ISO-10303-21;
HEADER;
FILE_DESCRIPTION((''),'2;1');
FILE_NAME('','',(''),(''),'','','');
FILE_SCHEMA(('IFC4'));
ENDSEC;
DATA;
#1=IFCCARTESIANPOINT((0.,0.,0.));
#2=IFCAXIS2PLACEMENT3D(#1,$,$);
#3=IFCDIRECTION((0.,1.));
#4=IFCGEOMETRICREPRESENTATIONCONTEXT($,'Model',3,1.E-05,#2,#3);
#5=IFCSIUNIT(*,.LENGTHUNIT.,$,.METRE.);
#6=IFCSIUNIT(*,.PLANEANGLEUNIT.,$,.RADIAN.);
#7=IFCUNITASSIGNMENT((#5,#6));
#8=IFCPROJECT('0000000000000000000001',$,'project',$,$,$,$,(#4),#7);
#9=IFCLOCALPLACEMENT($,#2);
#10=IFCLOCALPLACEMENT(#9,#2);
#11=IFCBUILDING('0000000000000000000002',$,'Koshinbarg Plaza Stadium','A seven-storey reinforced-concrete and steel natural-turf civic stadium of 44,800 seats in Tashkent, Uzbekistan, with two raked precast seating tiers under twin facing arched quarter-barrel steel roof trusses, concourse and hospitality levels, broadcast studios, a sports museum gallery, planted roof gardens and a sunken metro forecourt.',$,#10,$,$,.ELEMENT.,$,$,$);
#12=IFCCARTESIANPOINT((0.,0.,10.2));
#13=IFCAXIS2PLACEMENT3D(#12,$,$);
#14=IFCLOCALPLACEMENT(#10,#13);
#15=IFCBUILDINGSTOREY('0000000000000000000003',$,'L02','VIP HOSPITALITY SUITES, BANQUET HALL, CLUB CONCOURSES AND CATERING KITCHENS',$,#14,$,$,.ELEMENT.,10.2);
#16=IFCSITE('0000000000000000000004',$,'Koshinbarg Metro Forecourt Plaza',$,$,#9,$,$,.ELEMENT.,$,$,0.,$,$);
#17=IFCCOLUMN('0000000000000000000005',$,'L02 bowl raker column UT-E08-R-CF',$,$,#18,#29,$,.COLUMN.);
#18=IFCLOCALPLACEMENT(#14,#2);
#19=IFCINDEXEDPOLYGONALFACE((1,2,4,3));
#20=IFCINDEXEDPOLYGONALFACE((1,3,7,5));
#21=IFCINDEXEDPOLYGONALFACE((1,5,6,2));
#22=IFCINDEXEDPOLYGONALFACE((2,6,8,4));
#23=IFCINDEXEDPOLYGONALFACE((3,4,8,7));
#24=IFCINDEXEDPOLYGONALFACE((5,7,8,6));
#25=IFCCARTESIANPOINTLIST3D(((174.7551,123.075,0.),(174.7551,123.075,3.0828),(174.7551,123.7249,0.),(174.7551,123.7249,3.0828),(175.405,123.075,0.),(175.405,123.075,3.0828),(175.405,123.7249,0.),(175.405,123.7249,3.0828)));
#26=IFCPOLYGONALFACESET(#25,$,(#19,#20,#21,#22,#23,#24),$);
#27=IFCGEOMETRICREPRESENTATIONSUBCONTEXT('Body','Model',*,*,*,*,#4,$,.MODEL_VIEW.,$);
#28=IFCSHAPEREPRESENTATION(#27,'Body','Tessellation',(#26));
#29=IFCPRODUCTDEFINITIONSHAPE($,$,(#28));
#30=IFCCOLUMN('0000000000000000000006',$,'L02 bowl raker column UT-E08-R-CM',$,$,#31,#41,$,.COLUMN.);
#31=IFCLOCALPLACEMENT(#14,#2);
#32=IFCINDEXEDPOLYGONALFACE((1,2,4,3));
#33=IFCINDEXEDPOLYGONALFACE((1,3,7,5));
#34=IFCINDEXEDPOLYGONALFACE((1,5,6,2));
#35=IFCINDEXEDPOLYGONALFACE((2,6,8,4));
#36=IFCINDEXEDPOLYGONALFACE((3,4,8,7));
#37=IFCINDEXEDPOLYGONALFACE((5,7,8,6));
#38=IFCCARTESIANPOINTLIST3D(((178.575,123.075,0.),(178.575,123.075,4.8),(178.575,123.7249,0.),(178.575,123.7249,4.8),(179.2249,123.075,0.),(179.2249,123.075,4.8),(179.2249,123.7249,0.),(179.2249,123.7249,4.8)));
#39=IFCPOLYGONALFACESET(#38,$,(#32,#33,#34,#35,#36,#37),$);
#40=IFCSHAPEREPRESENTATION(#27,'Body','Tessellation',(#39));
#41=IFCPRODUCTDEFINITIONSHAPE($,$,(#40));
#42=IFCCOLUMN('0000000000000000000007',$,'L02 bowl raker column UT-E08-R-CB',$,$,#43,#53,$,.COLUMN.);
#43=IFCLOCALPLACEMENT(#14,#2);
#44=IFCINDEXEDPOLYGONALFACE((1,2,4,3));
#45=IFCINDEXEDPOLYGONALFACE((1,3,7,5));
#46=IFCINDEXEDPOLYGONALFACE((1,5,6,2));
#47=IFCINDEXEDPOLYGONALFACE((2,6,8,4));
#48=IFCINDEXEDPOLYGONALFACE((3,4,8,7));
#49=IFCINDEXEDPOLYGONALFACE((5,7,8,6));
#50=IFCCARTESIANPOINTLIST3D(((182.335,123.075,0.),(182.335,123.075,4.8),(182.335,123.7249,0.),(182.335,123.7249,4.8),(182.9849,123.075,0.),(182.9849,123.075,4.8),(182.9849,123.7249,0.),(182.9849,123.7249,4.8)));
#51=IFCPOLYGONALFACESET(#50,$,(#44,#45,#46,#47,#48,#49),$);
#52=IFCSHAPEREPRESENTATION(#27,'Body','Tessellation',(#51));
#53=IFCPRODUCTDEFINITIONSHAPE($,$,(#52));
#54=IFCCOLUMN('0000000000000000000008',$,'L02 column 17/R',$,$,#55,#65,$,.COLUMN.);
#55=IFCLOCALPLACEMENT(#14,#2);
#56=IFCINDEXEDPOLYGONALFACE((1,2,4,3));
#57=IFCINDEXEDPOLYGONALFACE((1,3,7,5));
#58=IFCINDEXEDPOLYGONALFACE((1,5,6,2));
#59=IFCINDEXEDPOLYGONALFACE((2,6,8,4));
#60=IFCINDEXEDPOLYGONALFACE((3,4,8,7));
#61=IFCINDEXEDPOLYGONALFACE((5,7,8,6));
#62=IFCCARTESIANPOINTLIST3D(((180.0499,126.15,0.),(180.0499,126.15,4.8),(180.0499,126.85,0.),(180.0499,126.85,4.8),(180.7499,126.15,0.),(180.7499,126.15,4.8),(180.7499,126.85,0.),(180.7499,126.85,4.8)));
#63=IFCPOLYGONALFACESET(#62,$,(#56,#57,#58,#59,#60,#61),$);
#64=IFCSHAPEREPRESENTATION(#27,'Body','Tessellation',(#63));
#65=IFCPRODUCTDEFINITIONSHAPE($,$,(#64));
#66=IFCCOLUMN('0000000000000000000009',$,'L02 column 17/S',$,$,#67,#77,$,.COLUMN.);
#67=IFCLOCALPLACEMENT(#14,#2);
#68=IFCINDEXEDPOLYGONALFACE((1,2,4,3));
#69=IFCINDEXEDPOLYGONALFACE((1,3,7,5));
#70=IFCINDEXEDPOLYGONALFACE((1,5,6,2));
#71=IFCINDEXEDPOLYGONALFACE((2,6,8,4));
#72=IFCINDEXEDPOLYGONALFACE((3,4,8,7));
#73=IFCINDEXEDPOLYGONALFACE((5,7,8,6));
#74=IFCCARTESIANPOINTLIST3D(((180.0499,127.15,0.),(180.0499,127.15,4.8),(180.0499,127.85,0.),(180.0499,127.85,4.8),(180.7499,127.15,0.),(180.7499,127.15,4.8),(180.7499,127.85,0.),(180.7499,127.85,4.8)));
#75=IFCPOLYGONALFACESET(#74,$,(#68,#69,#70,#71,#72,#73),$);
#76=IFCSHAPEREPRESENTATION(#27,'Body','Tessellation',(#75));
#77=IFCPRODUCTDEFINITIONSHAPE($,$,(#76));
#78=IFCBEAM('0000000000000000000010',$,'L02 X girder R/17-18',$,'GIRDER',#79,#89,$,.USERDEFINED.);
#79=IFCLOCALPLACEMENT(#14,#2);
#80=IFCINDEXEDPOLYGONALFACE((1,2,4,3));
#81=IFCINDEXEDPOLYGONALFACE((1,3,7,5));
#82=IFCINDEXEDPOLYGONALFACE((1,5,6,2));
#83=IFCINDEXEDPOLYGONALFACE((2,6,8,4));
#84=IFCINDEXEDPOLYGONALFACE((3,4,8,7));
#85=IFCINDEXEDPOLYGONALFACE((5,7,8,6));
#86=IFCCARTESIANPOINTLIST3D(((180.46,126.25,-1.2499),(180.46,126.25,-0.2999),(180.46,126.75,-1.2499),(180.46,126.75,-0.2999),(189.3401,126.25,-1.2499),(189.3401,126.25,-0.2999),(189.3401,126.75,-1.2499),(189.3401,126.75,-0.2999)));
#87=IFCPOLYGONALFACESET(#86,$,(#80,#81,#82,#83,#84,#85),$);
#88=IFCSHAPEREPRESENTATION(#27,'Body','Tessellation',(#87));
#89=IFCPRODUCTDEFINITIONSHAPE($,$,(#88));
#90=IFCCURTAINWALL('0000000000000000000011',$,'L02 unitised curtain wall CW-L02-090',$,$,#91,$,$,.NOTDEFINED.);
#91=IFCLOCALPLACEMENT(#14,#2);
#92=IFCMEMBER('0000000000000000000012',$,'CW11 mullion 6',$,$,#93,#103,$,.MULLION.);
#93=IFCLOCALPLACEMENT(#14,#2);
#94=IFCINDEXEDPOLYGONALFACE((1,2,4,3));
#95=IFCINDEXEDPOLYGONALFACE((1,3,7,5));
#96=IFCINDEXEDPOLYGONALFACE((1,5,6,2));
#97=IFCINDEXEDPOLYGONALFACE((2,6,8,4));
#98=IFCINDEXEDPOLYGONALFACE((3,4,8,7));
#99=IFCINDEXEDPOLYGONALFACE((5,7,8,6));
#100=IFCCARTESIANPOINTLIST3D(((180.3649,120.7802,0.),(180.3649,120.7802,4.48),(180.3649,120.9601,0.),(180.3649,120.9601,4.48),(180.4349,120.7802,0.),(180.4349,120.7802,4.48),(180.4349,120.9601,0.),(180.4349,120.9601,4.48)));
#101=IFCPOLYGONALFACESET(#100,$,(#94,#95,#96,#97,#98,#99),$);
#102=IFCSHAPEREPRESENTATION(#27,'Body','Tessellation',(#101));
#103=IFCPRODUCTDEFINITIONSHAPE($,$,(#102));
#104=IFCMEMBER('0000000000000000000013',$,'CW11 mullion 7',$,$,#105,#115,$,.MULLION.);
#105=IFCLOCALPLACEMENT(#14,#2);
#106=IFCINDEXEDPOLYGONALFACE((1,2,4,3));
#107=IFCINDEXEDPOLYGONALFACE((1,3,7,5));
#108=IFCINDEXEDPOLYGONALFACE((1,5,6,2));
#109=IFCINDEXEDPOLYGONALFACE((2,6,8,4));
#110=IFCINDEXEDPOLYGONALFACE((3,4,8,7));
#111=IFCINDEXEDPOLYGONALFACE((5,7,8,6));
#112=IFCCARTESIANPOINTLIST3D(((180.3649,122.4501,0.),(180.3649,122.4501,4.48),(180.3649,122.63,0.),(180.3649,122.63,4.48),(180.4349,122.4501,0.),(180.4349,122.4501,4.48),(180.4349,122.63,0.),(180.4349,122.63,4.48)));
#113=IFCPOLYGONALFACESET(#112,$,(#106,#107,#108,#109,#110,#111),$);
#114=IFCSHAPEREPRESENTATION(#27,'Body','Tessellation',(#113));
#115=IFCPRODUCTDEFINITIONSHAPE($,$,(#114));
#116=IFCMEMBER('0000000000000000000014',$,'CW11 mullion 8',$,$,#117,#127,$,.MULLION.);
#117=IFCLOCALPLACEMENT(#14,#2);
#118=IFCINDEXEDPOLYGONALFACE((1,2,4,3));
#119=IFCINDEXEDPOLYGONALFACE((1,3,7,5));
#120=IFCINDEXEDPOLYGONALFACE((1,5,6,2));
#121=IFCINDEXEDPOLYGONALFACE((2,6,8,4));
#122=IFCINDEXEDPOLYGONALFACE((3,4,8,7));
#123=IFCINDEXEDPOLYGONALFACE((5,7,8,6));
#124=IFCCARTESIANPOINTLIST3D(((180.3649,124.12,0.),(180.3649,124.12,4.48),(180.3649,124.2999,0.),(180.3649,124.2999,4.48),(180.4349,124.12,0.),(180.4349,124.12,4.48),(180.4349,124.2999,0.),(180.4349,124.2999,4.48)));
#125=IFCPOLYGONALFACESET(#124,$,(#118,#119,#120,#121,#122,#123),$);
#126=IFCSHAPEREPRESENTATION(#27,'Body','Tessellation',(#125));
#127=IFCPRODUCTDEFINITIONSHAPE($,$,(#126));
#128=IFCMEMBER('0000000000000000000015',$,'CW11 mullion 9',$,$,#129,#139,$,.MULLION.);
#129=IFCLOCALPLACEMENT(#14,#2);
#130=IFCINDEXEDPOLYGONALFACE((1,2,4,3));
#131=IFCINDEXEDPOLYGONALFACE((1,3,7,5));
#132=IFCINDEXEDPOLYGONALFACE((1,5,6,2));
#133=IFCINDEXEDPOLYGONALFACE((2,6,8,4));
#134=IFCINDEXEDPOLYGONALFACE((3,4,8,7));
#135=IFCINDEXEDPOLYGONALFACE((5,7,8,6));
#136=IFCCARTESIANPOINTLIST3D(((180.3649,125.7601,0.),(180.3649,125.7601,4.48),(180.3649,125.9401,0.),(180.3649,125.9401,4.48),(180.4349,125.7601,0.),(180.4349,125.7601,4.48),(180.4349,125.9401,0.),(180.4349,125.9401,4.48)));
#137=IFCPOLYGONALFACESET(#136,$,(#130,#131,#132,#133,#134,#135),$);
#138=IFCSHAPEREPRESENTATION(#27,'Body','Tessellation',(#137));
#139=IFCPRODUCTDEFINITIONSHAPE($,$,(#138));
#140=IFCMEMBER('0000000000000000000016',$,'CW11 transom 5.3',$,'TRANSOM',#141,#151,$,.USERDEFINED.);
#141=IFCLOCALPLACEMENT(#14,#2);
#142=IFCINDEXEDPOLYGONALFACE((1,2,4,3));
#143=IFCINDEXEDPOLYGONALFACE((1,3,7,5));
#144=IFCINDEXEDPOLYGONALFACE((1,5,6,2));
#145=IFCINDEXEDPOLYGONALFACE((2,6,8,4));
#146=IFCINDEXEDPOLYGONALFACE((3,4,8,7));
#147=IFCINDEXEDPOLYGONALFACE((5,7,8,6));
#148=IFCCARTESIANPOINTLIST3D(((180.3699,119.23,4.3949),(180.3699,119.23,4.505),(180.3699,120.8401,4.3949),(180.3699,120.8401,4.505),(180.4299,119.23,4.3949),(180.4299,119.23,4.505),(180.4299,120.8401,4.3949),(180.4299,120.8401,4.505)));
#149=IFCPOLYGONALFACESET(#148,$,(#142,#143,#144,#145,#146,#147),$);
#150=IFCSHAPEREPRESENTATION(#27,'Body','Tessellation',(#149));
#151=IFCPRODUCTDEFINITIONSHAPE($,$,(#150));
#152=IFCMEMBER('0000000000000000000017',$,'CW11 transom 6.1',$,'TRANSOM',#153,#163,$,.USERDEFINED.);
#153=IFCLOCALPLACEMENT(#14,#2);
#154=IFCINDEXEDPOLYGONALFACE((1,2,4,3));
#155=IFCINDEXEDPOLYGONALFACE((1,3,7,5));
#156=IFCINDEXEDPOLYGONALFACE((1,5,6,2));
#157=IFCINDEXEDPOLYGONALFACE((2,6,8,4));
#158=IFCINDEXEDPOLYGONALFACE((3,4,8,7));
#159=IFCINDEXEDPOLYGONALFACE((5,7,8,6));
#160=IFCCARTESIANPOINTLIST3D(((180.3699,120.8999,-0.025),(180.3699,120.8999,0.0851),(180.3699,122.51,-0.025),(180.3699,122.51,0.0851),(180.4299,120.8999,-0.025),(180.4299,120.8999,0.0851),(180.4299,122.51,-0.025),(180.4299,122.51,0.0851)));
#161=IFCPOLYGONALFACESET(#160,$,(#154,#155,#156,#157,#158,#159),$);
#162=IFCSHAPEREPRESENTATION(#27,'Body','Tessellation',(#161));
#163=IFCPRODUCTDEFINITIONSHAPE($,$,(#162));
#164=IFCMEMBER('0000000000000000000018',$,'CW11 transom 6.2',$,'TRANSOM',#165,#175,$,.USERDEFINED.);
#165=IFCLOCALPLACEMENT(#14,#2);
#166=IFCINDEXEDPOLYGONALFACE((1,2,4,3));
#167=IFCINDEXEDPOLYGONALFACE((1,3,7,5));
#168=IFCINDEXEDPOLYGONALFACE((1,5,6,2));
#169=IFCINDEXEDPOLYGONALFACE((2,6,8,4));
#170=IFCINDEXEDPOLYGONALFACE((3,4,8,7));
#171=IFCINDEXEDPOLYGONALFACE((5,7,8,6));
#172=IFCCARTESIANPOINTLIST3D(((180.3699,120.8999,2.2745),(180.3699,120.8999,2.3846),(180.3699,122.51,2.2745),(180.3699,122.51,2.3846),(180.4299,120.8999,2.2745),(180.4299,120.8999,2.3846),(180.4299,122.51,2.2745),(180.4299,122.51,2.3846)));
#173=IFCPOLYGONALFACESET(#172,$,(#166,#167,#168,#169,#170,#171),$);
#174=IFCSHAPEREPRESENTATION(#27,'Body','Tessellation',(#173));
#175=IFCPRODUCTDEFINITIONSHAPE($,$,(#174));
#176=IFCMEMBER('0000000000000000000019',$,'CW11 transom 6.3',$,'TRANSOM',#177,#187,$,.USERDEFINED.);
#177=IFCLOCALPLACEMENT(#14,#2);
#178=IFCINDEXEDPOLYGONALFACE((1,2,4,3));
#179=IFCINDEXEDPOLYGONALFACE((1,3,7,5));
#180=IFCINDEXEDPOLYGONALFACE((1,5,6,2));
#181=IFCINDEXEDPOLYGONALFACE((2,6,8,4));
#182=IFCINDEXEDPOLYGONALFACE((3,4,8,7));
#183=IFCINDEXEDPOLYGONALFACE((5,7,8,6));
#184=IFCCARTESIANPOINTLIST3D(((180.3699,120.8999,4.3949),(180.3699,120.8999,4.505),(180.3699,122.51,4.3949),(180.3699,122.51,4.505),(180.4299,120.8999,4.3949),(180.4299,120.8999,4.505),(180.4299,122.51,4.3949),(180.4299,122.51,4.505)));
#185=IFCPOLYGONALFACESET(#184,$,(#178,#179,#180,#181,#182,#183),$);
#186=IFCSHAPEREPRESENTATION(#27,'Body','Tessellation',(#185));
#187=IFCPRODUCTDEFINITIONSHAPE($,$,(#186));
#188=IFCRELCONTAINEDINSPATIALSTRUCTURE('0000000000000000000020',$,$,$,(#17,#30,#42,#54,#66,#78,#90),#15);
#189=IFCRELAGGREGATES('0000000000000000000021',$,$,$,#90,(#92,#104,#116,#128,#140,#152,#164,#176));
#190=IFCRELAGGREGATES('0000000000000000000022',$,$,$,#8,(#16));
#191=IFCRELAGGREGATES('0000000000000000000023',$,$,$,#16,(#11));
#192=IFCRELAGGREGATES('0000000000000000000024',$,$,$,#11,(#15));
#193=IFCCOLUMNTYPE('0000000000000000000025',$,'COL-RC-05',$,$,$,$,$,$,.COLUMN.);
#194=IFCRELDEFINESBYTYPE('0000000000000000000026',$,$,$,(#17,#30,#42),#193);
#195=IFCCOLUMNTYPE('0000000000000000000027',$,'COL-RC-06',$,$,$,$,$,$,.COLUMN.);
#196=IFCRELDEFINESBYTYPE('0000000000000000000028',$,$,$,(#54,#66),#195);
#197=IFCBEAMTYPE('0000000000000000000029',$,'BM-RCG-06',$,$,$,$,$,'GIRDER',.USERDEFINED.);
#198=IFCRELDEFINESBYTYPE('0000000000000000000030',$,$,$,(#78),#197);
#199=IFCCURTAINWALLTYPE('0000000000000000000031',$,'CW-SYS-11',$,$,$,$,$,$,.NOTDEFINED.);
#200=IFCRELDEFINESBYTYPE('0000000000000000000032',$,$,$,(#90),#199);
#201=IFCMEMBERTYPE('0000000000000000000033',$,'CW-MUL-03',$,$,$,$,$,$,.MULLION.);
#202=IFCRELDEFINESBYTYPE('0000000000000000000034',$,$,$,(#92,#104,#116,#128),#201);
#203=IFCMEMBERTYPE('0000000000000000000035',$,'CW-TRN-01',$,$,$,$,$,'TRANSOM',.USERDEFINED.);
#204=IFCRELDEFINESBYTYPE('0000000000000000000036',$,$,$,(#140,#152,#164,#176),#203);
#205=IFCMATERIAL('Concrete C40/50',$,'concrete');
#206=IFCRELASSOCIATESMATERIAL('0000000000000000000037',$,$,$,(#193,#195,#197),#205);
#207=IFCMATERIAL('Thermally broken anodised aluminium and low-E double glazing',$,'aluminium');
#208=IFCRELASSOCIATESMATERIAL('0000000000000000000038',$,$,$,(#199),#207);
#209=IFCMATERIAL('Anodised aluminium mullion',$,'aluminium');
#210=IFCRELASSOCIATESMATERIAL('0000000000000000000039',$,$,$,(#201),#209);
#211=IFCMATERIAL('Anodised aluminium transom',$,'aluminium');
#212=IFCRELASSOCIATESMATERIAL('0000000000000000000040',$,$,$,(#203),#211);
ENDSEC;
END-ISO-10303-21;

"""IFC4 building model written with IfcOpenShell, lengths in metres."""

from ifc_helpers import new_model, si_unit, direction, frame, origin, origin_2d, place, context, subcontext, project, spatial, rectangle, extrude, material, material_profile, profile_set, type_object, element, aggregate, save


model = new_model("IFC4")

# Units and contexts
model_context = context("Model", 3, precision=1e-05, world=origin(), true_north=direction((0.0, 1.0)))
body_context = subcontext(model_context, "Body", "Model", "MODEL_VIEW")
ifc_project = project(units=[si_unit("LENGTHUNIT", "METRE"), si_unit("PLANEANGLEUNIT", "RADIAN")], contexts=[model_context])

# Site, building, storey
site_placement = place(None, origin())
site = spatial("IfcSite", under=ifc_project, at=site_placement, Name="Koshinbarg Metro Forecourt Plaza", CompositionType="ELEMENT", RefElevation=0.0)
building_placement = place(site_placement, origin())
building = spatial("IfcBuilding", under=site, at=building_placement, Name="Koshinbarg Plaza Stadium", Description="A seven-storey reinforced-concrete and steel natural-turf civic stadium of 44,800 seats in Tashkent, Uzbekistan, with two raked precast seating tiers under twin facing arched quarter-barrel steel roof trusses, concourse and hospitality levels, broadcast studios, a sports museum gallery, planted roof gardens and a sunken metro forecourt.", CompositionType="ELEMENT")
storey_placement = place(building_placement, frame((0.0, 0.0, 10.2)))
storey = spatial("IfcBuildingStorey", under=building, at=storey_placement, Name="L02", Description="VIP HOSPITALITY SUITES, BANQUET HALL, CLUB CONCOURSES AND CATERING KITCHENS", CompositionType="ELEMENT", Elevation=10.2)

# Columns
ifc_material_1 = material(Name="Concrete C40/50", Category="concrete")
ifc_material_profile_1 = material_profile(ifc_material_1, rectangle(XDim=0.6499, YDim=0.6499, at=origin_2d()), Name="RC 650x650")
ifc_profile_set_1 = profile_set([ifc_material_profile_1], Name="Concrete C40/50")
column_type_1 = type_object("IfcColumnType", Name="COL-RC-05", PredefinedType="COLUMN", material=ifc_profile_set_1)
column_placement = place(storey_placement, frame((175.0801, 123.3999, 0.0), z_axis=(0.0, 0.0, 1.0), x_axis=(1.0, 0.0, 0.0)))
element("IfcColumn", 1, at=column_placement, inside=storey, type_object=column_type_1, Name="L02 bowl raker column UT-E08-R-CF", PredefinedType="COLUMN", context=body_context, shape_type="SweptSolid", body=[
    extrude(rectangle(XDim=0.6499, YDim=0.6499, at=origin_2d()), origin(), (0.0, 0.0, 1.0), 3.0828),
])
for number, where, z_axis, x_axis, name in (
    (2, (178.8999, 123.3999, 0.0), (0.0, 0.0, 1.0), (1.0, 0.0, 0.0), "L02 bowl raker column UT-E08-R-CM"),
    (3, (182.6599, 123.3999, 0.0), (0.0, 0.0, 1.0), (1.0, 0.0, 0.0), "L02 bowl raker column UT-E08-R-CB"),
):
    element("IfcColumn", number, at=place(storey_placement, frame(where, z_axis=z_axis, x_axis=x_axis)), inside=storey, type_object=column_type_1, Name=name, PredefinedType="COLUMN", context=body_context, shape_type="SweptSolid", body=[
        extrude(rectangle(XDim=0.6499, YDim=0.6499, at=origin_2d()), origin(), (0.0, 0.0, 1.0), 4.8),
    ])
ifc_material_profile_2 = material_profile(ifc_material_1, rectangle(XDim=0.7, YDim=0.7, at=origin_2d()), Name="RC 700x700")
ifc_profile_set_2 = profile_set([ifc_material_profile_2], Name="Concrete C40/50")
column_type_2 = type_object("IfcColumnType", Name="COL-RC-06", PredefinedType="COLUMN", material=ifc_profile_set_2)
for number, where, z_axis, x_axis, name in (
    (4, (180.3999, 126.5, 0.0), (0.0, 0.0, 1.0), (1.0, 0.0, 0.0), "L02 column 17/R"),
    (5, (180.3999, 127.5, 0.0), (0.0, 0.0, 1.0), (1.0, 0.0, 0.0), "L02 column 17/S"),
):
    element("IfcColumn", number, at=place(storey_placement, frame(where, z_axis=z_axis, x_axis=x_axis)), inside=storey, type_object=column_type_2, Name=name, PredefinedType="COLUMN", context=body_context, shape_type="SweptSolid", body=[
        extrude(rectangle(XDim=0.7, YDim=0.7, at=origin_2d()), origin(), (0.0, 0.0, 1.0), 4.8),
    ])

# Beam
ifc_material_profile_3 = material_profile(ifc_material_1, rectangle(XDim=0.5, YDim=0.95, at=origin_2d()), Name="RC 500x950")
ifc_profile_set_3 = profile_set([ifc_material_profile_3], Name="Concrete C40/50")
beam_type = type_object("IfcBeamType", Name="BM-RCG-06", ElementType="GIRDER", PredefinedType="USERDEFINED", material=ifc_profile_set_3)
beam_placement = place(storey_placement, frame((180.46, 126.5, -0.7749), z_axis=(1.0, 0.0, 0.0), x_axis=(0.0, 1.0, 0.0)))
element("IfcBeam", 6, at=beam_placement, inside=storey, type_object=beam_type, Name="L02 X girder R/17-18", ObjectType="GIRDER", PredefinedType="USERDEFINED", context=body_context, shape_type="SweptSolid", body=[
    extrude(rectangle(XDim=0.5, YDim=0.95, at=origin_2d()), origin(), (0.0, 0.0, 1.0), 8.8801),
])

# Curtain wall, members
ifc_material_2 = material(Name="Thermally broken anodised aluminium and low-E double glazing", Category="aluminium")
curtain_wall_type = type_object("IfcCurtainWallType", Name="CW-SYS-11", PredefinedType="NOTDEFINED", material=ifc_material_2)
curtain_wall_placement = place(storey_placement, origin())
curtain_wall = element("IfcCurtainWall", 7, at=curtain_wall_placement, inside=storey, type_object=curtain_wall_type, Name="L02 unitised curtain wall CW-L02-090", PredefinedType="NOTDEFINED")
ifc_material_3 = material(Name="Anodised aluminium mullion", Category="aluminium")
ifc_material_profile_4 = material_profile(ifc_material_3, rectangle(XDim=0.0701, YDim=0.1799, at=origin_2d()), Name="ALU 70x180")
ifc_profile_set_4 = profile_set([ifc_material_profile_4], Name="Anodised aluminium mullion")
member_type_1 = type_object("IfcMemberType", Name="CW-MUL-03", PredefinedType="MULLION", material=ifc_profile_set_4)
member_1_placement = place(storey_placement, frame((180.3999, 120.8701, 0.0), z_axis=(0.0, 0.0, 1.0), x_axis=(-1.0, 0.0, 0.0)))
member_1 = element("IfcMember", 8, at=member_1_placement, type_object=member_type_1, Name="CW11 mullion 6", PredefinedType="MULLION", context=body_context, shape_type="SweptSolid", body=[
    extrude(rectangle(XDim=0.0701, YDim=0.1799, at=origin_2d()), origin(), (0.0, 0.0, 1.0), 4.48),
])
member_2_placement = place(storey_placement, frame((180.3999, 122.54, 0.0), z_axis=(0.0, 0.0, 1.0), x_axis=(-1.0, 0.0, 0.0)))
member_2 = element("IfcMember", 9, at=member_2_placement, type_object=member_type_1, Name="CW11 mullion 7", PredefinedType="MULLION", context=body_context, shape_type="SweptSolid", body=[
    extrude(rectangle(XDim=0.0701, YDim=0.1799, at=origin_2d()), origin(), (0.0, 0.0, 1.0), 4.48),
])
member_3_placement = place(storey_placement, frame((180.3999, 124.21, 0.0), z_axis=(0.0, 0.0, 1.0), x_axis=(-1.0, 0.0, 0.0)))
member_3 = element("IfcMember", 10, at=member_3_placement, type_object=member_type_1, Name="CW11 mullion 8", PredefinedType="MULLION", context=body_context, shape_type="SweptSolid", body=[
    extrude(rectangle(XDim=0.0701, YDim=0.1799, at=origin_2d()), origin(), (0.0, 0.0, 1.0), 4.48),
])
member_4_placement = place(storey_placement, frame((180.3999, 125.8501, 0.0), z_axis=(0.0, 0.0, 1.0), x_axis=(-1.0, 0.0, 0.0)))
member_4 = element("IfcMember", 11, at=member_4_placement, type_object=member_type_1, Name="CW11 mullion 9", PredefinedType="MULLION", context=body_context, shape_type="SweptSolid", body=[
    extrude(rectangle(XDim=0.0701, YDim=0.1799, at=origin_2d()), origin(), (0.0, 0.0, 1.0), 4.48),
])
ifc_material_4 = material(Name="Anodised aluminium transom", Category="aluminium")
ifc_material_profile_5 = material_profile(ifc_material_4, rectangle(XDim=0.0601, YDim=0.1101, at=origin_2d()), Name="ALU 60x110")
ifc_profile_set_5 = profile_set([ifc_material_profile_5], Name="Anodised aluminium transom")
member_type_2 = type_object("IfcMemberType", Name="CW-TRN-01", ElementType="TRANSOM", PredefinedType="USERDEFINED", material=ifc_profile_set_5)
member_5_placement = place(storey_placement, frame((180.3999, 119.23, 4.45), z_axis=(0.0, 1.0, 0.0), x_axis=(-1.0, 0.0, 0.0)))
member_5 = element("IfcMember", 12, at=member_5_placement, type_object=member_type_2, Name="CW11 transom 5.3", ObjectType="TRANSOM", PredefinedType="USERDEFINED", context=body_context, shape_type="SweptSolid", body=[
    extrude(rectangle(XDim=0.0601, YDim=0.1101, at=origin_2d()), origin(), (0.0, 0.0, 1.0), 1.6101),
])
member_6_placement = place(storey_placement, frame((180.3999, 120.8999, 0.03), z_axis=(0.0, 1.0, 0.0), x_axis=(-1.0, 0.0, 0.0)))
member_6 = element("IfcMember", 13, at=member_6_placement, type_object=member_type_2, Name="CW11 transom 6.1", ObjectType="TRANSOM", PredefinedType="USERDEFINED", context=body_context, shape_type="SweptSolid", body=[
    extrude(rectangle(XDim=0.0601, YDim=0.1101, at=origin_2d()), origin(), (0.0, 0.0, 1.0), 1.6101),
])
member_7_placement = place(storey_placement, frame((180.3999, 120.8999, 2.3296), z_axis=(0.0, 1.0, 0.0), x_axis=(-1.0, 0.0, 0.0)))
member_7 = element("IfcMember", 14, at=member_7_placement, type_object=member_type_2, Name="CW11 transom 6.2", ObjectType="TRANSOM", PredefinedType="USERDEFINED", context=body_context, shape_type="SweptSolid", body=[
    extrude(rectangle(XDim=0.0601, YDim=0.1101, at=origin_2d()), origin(), (0.0, 0.0, 1.0), 1.6101),
])
member_8_placement = place(storey_placement, frame((180.3999, 120.8999, 4.45), z_axis=(0.0, 1.0, 0.0), x_axis=(-1.0, 0.0, 0.0)))
member_8 = element("IfcMember", 15, at=member_8_placement, type_object=member_type_2, Name="CW11 transom 6.3", ObjectType="TRANSOM", PredefinedType="USERDEFINED", context=body_context, shape_type="SweptSolid", body=[
    extrude(rectangle(XDim=0.0601, YDim=0.1101, at=origin_2d()), origin(), (0.0, 0.0, 1.0), 1.6101),
])

aggregate(curtain_wall, [member_1, member_2, member_3, member_4, member_5, member_6, member_7, member_8])

save(model, "model.ifc")
